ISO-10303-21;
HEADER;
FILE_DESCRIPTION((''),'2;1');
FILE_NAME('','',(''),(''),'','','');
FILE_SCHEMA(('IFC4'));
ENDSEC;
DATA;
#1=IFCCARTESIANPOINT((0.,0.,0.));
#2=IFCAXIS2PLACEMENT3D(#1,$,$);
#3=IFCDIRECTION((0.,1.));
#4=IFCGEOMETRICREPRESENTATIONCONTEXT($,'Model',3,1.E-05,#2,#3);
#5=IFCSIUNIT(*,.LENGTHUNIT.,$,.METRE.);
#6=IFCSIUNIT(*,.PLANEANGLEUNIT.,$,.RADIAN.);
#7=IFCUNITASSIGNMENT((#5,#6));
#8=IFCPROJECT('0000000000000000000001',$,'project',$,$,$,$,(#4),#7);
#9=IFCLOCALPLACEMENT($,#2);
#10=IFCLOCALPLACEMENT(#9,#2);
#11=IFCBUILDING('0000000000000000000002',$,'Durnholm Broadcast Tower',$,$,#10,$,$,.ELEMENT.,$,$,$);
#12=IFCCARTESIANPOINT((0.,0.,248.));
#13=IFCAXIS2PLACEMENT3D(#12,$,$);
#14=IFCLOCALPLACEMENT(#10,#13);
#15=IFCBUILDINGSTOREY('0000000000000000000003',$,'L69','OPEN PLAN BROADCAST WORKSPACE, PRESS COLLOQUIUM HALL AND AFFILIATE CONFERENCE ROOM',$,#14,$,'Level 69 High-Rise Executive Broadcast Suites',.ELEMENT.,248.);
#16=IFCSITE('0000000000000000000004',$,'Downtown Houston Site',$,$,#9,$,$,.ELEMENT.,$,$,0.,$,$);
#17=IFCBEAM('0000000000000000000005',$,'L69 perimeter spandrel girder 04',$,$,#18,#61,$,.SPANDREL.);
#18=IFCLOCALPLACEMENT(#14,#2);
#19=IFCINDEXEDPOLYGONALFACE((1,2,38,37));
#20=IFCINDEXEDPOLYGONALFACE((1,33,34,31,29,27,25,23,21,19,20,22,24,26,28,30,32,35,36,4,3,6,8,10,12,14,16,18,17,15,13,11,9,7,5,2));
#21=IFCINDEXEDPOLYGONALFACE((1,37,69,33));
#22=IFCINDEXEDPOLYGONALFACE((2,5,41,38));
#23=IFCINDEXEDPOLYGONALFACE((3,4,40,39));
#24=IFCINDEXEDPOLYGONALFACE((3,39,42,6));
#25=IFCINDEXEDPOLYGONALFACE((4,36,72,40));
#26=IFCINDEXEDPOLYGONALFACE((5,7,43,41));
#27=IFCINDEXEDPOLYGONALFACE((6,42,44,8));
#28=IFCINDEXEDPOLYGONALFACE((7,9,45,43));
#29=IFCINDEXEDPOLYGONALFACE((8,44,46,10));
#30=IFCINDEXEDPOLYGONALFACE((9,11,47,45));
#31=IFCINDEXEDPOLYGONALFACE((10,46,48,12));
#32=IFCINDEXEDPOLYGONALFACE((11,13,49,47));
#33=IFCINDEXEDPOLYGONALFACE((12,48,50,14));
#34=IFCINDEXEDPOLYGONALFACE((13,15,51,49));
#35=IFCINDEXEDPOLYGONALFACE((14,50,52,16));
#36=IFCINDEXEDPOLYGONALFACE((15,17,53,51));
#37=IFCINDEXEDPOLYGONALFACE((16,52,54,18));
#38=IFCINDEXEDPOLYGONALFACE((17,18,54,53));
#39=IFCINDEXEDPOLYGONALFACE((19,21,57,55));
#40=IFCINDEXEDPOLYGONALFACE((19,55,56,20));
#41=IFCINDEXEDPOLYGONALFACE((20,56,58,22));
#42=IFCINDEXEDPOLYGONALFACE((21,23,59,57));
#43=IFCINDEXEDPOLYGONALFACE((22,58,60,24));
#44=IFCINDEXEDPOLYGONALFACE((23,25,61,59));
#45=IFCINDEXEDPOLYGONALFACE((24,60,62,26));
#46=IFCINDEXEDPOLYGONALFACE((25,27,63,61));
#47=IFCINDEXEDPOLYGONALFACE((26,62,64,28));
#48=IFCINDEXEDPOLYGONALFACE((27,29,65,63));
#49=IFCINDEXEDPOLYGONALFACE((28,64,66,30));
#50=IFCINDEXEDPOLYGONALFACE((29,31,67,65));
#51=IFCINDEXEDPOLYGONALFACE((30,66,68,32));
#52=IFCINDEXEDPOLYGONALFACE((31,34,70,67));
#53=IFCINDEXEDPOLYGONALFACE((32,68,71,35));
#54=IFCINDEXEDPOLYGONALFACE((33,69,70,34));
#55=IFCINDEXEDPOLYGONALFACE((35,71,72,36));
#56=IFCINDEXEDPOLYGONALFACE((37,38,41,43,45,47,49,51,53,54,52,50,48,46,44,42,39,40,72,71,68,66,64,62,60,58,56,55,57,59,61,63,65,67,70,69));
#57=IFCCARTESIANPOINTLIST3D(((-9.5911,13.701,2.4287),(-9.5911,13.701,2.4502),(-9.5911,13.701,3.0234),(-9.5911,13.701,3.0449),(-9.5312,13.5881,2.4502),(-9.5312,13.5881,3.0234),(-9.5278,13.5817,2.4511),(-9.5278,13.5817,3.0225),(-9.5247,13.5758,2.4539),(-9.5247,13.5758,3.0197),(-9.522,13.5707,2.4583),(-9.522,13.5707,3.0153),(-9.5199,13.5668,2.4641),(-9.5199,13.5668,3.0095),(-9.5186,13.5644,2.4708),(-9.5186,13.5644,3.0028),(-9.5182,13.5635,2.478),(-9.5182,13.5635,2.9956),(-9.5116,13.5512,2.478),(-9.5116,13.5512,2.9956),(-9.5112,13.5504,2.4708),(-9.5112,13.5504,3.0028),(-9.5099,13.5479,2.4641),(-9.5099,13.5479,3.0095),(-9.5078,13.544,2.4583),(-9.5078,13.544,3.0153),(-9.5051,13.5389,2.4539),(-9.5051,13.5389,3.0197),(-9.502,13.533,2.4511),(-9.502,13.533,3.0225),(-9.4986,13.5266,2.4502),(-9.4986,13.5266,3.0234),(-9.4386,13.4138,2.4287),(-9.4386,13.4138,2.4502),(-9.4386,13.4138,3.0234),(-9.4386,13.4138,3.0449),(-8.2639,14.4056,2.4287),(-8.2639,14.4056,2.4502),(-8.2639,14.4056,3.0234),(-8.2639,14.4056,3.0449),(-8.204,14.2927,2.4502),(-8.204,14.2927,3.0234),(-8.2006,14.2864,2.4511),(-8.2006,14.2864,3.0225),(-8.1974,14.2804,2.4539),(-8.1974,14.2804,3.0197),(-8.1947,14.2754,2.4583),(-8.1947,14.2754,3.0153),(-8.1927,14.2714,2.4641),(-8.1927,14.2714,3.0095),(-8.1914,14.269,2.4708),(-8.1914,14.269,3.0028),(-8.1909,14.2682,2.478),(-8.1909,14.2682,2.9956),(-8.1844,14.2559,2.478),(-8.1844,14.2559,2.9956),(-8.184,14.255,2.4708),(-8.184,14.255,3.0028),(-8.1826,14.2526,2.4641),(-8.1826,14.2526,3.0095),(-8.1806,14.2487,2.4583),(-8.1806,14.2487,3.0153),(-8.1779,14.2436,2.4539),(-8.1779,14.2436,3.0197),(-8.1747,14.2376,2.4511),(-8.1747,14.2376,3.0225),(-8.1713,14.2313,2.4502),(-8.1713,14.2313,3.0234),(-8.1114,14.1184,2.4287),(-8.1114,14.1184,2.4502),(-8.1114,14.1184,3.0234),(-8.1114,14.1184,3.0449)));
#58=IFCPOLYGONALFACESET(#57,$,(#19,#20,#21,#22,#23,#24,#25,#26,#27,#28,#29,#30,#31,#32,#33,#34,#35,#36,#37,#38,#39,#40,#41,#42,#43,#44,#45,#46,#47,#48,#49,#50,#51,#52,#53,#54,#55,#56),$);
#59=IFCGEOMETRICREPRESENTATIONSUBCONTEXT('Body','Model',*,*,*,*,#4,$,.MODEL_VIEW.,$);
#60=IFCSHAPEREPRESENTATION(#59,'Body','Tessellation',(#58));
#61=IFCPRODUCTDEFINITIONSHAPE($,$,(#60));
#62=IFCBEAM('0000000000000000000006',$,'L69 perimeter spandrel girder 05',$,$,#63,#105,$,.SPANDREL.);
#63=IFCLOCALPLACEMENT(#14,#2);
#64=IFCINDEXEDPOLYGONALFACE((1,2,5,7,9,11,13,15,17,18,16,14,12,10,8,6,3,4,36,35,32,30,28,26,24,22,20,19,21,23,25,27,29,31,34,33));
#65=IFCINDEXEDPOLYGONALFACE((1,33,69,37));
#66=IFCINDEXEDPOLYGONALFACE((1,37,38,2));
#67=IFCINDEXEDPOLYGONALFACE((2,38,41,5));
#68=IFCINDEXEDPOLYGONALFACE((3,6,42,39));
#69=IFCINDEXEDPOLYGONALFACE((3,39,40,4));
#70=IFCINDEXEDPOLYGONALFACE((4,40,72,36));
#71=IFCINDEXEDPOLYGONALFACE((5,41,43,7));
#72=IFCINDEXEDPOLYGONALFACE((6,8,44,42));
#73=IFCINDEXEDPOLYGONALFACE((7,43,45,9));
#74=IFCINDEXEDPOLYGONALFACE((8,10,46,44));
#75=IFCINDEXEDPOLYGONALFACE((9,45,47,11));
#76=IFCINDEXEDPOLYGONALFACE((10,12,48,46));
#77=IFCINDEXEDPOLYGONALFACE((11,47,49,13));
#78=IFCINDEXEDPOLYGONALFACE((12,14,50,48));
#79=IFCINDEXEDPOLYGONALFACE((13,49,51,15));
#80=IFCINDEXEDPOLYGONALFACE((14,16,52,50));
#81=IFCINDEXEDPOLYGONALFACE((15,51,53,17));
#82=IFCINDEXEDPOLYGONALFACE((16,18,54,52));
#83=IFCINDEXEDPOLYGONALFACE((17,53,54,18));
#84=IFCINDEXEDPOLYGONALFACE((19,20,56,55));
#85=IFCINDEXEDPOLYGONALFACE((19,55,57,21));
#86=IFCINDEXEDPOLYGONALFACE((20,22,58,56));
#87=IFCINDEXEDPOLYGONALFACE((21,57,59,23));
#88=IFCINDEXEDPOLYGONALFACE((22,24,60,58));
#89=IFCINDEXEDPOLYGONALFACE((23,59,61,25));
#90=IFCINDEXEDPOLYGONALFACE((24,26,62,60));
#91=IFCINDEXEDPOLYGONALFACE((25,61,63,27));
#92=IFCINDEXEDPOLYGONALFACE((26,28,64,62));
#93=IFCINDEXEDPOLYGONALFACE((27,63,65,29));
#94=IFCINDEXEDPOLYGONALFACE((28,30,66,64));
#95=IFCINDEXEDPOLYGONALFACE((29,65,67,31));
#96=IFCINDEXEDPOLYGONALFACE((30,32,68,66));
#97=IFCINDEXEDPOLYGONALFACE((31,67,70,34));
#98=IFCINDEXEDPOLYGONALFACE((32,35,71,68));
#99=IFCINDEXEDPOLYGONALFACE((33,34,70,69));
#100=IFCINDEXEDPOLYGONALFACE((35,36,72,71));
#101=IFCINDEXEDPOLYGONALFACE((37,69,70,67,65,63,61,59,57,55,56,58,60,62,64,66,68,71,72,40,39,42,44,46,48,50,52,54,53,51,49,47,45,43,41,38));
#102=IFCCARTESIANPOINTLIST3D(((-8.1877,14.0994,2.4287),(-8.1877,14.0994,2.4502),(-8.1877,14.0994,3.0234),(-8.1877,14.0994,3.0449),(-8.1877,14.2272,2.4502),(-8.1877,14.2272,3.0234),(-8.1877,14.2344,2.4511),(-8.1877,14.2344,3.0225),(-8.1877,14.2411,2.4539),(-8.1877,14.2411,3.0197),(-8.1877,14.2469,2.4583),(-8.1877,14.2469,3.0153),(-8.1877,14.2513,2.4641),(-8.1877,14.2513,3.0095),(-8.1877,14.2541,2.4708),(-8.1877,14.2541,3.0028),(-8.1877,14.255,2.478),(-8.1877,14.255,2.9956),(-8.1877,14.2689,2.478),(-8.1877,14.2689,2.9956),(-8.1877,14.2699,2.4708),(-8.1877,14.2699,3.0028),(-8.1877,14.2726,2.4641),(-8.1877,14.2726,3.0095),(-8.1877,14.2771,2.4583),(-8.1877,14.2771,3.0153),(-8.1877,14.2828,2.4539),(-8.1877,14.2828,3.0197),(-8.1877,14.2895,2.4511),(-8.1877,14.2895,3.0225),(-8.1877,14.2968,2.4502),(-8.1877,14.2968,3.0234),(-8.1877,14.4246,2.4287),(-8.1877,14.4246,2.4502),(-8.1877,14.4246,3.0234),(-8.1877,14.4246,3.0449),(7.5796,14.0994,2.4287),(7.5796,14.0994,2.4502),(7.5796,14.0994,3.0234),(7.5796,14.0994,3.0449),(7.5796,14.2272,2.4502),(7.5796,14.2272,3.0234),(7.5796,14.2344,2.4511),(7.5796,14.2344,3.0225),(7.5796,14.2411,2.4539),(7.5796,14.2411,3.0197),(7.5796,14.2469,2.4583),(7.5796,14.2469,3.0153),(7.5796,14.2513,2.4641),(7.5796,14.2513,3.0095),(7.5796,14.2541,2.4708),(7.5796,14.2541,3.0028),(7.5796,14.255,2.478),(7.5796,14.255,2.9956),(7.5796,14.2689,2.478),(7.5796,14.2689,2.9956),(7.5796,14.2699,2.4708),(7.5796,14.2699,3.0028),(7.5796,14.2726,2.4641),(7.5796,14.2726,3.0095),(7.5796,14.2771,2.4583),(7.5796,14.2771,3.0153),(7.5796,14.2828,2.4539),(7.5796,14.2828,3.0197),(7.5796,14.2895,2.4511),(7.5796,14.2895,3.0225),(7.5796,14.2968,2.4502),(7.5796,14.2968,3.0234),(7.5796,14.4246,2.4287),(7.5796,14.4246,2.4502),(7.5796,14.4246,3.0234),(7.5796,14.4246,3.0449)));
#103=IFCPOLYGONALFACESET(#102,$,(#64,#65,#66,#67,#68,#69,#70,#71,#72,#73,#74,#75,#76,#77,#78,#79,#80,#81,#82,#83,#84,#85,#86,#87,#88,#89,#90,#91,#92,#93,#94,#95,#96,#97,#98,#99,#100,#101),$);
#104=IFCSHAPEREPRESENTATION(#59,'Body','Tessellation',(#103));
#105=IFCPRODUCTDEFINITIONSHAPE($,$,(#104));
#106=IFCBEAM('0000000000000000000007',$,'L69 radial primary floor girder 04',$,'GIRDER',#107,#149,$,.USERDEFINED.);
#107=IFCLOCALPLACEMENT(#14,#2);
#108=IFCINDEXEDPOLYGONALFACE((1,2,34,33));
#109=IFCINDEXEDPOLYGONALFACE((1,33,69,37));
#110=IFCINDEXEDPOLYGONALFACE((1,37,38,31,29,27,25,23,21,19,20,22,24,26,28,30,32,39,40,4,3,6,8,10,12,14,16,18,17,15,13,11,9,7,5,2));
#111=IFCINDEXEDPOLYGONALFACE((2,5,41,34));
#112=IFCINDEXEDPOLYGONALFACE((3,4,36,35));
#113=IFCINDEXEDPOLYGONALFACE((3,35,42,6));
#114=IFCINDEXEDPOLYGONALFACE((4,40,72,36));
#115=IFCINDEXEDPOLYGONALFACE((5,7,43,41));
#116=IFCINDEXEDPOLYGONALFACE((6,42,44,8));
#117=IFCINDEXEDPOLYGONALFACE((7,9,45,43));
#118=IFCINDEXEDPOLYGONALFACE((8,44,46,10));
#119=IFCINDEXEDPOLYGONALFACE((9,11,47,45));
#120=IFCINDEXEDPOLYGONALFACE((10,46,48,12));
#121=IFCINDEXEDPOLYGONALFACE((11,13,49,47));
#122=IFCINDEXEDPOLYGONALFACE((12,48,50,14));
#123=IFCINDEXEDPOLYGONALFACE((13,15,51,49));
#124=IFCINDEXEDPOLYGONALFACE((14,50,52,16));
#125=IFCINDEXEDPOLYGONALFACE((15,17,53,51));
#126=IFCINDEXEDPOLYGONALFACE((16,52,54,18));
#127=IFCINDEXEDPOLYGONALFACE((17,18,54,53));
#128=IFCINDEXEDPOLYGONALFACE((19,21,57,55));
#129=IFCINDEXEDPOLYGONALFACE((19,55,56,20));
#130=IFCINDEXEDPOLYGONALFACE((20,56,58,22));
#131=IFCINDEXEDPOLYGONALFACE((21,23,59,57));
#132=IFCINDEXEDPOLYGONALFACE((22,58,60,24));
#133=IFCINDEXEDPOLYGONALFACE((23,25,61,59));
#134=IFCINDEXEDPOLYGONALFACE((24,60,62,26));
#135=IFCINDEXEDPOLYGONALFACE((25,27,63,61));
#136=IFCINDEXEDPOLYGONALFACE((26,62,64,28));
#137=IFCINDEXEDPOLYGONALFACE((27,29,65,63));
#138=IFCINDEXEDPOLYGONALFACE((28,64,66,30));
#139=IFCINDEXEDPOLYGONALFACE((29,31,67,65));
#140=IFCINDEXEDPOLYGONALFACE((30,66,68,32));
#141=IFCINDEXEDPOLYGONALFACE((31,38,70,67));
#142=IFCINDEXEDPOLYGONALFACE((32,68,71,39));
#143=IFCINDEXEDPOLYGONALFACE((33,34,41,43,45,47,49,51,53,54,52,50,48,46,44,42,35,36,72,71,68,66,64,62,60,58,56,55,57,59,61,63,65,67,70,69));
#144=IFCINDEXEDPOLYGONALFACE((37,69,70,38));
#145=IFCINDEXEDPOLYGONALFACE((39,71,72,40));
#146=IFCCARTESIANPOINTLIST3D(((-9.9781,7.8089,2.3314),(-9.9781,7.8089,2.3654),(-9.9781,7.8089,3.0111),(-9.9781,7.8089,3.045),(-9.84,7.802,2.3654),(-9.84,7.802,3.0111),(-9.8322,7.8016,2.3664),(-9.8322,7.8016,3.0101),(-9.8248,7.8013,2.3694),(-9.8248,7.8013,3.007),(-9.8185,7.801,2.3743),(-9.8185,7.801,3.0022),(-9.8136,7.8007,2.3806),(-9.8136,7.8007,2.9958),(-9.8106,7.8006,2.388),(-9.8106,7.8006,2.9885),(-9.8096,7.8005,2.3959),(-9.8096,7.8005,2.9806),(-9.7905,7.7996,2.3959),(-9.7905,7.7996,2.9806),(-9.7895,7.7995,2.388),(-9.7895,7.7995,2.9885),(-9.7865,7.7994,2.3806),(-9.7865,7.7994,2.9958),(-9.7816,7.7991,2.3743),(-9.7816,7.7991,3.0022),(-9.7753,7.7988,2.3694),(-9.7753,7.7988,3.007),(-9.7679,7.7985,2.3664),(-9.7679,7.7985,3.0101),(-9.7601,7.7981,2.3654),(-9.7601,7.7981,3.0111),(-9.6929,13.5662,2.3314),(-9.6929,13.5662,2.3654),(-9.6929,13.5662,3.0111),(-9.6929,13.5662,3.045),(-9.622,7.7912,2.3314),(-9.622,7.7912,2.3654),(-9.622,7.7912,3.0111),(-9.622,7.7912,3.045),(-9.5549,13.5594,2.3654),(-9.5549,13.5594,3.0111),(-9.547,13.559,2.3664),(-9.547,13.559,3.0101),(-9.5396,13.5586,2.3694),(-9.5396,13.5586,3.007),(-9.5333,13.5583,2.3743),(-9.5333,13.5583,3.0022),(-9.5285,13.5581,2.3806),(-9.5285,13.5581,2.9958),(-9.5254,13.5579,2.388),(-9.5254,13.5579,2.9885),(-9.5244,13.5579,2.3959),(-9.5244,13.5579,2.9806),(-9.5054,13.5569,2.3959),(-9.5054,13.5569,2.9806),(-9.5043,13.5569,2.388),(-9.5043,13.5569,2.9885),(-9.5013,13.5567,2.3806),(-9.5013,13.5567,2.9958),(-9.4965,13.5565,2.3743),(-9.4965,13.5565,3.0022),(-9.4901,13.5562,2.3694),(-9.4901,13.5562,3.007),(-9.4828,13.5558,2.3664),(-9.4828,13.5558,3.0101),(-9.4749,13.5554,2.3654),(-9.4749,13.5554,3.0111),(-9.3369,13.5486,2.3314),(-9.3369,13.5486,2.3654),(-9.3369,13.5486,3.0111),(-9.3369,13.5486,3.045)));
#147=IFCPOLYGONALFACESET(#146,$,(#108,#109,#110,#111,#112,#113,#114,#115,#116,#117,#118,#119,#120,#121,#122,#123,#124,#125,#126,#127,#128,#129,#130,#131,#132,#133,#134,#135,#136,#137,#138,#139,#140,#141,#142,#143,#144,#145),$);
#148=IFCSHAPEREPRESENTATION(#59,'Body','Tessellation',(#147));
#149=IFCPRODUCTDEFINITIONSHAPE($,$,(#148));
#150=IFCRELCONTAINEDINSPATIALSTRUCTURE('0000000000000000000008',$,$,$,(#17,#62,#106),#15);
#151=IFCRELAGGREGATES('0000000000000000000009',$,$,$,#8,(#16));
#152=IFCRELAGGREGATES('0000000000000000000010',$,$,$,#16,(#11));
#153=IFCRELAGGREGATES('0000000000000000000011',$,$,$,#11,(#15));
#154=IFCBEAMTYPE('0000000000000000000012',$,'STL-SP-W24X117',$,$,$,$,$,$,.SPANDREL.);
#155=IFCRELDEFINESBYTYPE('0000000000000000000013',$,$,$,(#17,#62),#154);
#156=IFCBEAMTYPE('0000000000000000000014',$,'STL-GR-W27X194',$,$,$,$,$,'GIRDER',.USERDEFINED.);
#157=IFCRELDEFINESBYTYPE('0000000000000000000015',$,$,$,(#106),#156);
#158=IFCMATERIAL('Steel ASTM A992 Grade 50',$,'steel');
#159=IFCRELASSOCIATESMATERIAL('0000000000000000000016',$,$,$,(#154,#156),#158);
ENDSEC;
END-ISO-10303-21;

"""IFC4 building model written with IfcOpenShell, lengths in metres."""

from ifc_helpers import new_model, si_unit, direction, frame, origin, origin_2d, place, context, subcontext, project, spatial, i_section, extrude, source, transform, mapped, material, material_profile, profile_set, type_object, type_shapes, element, save


model = new_model("IFC4")

# Units and contexts
model_context = context("Model", 3, precision=1e-05, world=origin(), true_north=direction((0.0, 1.0)))
body_context = subcontext(model_context, "Body", "Model", "MODEL_VIEW")
ifc_project = project(units=[si_unit("LENGTHUNIT", "METRE"), si_unit("PLANEANGLEUNIT", "RADIAN")], contexts=[model_context])

# Site, building, storey
site_placement = place(None, origin())
site = spatial("IfcSite", under=ifc_project, at=site_placement, Name="Downtown Houston Site", CompositionType="ELEMENT", RefElevation=0.0)
building_placement = place(site_placement, origin())
building = spatial("IfcBuilding", under=site, at=building_placement, Name="Durnholm Broadcast Tower", CompositionType="ELEMENT")
storey_placement = place(building_placement, frame((0.0, 0.0, 248.0)))
storey = spatial("IfcBuildingStorey", under=building, at=storey_placement, Name="L69", Description="OPEN PLAN BROADCAST WORKSPACE, PRESS COLLOQUIUM HALL AND AFFILIATE CONFERENCE ROOM", LongName="Level 69 High-Rise Executive Broadcast Suites", CompositionType="ELEMENT", Elevation=248.0)

# Beams
ifc_material_1 = material(Name="Steel ASTM A992 Grade 50", Category="steel")
ifc_material_profile_1 = material_profile(ifc_material_1, i_section(OverallWidth=0.3252, OverallDepth=0.6162, WebThickness=0.0139, FlangeThickness=0.0215, FilletRadius=0.0278, at=origin_2d()), Name="W24X117")
ifc_profile_set_1 = profile_set([ifc_material_profile_1], Name="Steel ASTM A992 Grade 50")
beam_type_1 = type_object("IfcBeamType", Name="STL-SP-W24X117", PredefinedType="SPANDREL", material=ifc_profile_set_1)
shared_shape_1 = source(origin(), body_context, "Body", "SweptSolid", [
    extrude(i_section(OverallWidth=0.3252, OverallDepth=0.6162, WebThickness=0.0139, FlangeThickness=0.0215, FilletRadius=0.0278, at=origin_2d()), origin(), (0.0, 0.0, 1.0), 1.5027),
])
beam_1_placement = place(storey_placement, frame((-9.5149, 13.5574, 2.7368), z_axis=(0.883242, 0.468918, 0.0), x_axis=(-0.468918, 0.883242, 0.0)))
element("IfcBeam", 1, at=beam_1_placement, inside=storey, type_object=beam_type_1, Name="L69 perimeter spandrel girder 04", PredefinedType="SPANDREL", context=body_context, shape_type="MappedRepresentation", body=[
    mapped(shared_shape_1, transform((0.0, 0.0, 0.0), x_axis=(1.0, 0.0, 0.0), y_axis=(0.0, 1.0, 0.0), z_axis=(0.0, 0.0, 1.0), scale=1.0)),
])
shared_shape_2 = source(origin(), body_context, "Body", "SweptSolid", [
    extrude(i_section(OverallWidth=0.3252, OverallDepth=0.6162, WebThickness=0.0139, FlangeThickness=0.0215, FilletRadius=0.0278, at=origin_2d()), origin(), (0.0, 0.0, 1.0), 15.7673),
])
type_shapes(beam_type_1, [shared_shape_1, shared_shape_2])
beam_2_placement = place(storey_placement, frame((-8.1877, 14.262, 2.7368), z_axis=(1.0, 0.0, 0.0), x_axis=(0.0, 1.0, 0.0)))
element("IfcBeam", 2, at=beam_2_placement, inside=storey, type_object=beam_type_1, Name="L69 perimeter spandrel girder 05", PredefinedType="SPANDREL", context=body_context, shape_type="MappedRepresentation", body=[
    mapped(shared_shape_2, transform((0.0, 0.0, 0.0), x_axis=(1.0, 0.0, 0.0), y_axis=(0.0, 1.0, 0.0), z_axis=(0.0, 0.0, 1.0), scale=1.0)),
])
ifc_material_profile_2 = material_profile(ifc_material_1, i_section(OverallWidth=0.3564, OverallDepth=0.7136, WebThickness=0.019, FlangeThickness=0.0339, FilletRadius=0.0305, at=origin_2d()), Name="W27X194")
ifc_profile_set_2 = profile_set([ifc_material_profile_2], Name="Steel ASTM A992 Grade 50")
beam_type_2 = type_object("IfcBeamType", Name="STL-GR-W27X194", ElementType="GIRDER", PredefinedType="USERDEFINED", material=ifc_profile_set_2)
shared_shape_3 = source(origin(), body_context, "Body", "SweptSolid", [
    extrude(i_section(OverallWidth=0.3564, OverallDepth=0.7136, WebThickness=0.019, FlangeThickness=0.0339, FilletRadius=0.0305, at=origin_2d()), origin(), (0.0, 0.0, 1.0), 5.7644),
])
beam_3_placement = place(storey_placement, frame((-9.8, 7.8, 2.6882), z_axis=(0.049469, 0.998776, 0.0), x_axis=(-0.998776, 0.049469, 0.0)))
element("IfcBeam", 3, at=beam_3_placement, inside=storey, type_object=beam_type_2, Name="L69 radial primary floor girder 04", ObjectType="GIRDER", PredefinedType="USERDEFINED", context=body_context, shape_type="MappedRepresentation", body=[
    mapped(shared_shape_3, transform((0.0, 0.0, 0.0), x_axis=(1.0, 0.0, 0.0), y_axis=(0.0, 1.0, 0.0), z_axis=(0.0, 0.0, 1.0), scale=1.0)),
])

save(model, "model.ifc")
